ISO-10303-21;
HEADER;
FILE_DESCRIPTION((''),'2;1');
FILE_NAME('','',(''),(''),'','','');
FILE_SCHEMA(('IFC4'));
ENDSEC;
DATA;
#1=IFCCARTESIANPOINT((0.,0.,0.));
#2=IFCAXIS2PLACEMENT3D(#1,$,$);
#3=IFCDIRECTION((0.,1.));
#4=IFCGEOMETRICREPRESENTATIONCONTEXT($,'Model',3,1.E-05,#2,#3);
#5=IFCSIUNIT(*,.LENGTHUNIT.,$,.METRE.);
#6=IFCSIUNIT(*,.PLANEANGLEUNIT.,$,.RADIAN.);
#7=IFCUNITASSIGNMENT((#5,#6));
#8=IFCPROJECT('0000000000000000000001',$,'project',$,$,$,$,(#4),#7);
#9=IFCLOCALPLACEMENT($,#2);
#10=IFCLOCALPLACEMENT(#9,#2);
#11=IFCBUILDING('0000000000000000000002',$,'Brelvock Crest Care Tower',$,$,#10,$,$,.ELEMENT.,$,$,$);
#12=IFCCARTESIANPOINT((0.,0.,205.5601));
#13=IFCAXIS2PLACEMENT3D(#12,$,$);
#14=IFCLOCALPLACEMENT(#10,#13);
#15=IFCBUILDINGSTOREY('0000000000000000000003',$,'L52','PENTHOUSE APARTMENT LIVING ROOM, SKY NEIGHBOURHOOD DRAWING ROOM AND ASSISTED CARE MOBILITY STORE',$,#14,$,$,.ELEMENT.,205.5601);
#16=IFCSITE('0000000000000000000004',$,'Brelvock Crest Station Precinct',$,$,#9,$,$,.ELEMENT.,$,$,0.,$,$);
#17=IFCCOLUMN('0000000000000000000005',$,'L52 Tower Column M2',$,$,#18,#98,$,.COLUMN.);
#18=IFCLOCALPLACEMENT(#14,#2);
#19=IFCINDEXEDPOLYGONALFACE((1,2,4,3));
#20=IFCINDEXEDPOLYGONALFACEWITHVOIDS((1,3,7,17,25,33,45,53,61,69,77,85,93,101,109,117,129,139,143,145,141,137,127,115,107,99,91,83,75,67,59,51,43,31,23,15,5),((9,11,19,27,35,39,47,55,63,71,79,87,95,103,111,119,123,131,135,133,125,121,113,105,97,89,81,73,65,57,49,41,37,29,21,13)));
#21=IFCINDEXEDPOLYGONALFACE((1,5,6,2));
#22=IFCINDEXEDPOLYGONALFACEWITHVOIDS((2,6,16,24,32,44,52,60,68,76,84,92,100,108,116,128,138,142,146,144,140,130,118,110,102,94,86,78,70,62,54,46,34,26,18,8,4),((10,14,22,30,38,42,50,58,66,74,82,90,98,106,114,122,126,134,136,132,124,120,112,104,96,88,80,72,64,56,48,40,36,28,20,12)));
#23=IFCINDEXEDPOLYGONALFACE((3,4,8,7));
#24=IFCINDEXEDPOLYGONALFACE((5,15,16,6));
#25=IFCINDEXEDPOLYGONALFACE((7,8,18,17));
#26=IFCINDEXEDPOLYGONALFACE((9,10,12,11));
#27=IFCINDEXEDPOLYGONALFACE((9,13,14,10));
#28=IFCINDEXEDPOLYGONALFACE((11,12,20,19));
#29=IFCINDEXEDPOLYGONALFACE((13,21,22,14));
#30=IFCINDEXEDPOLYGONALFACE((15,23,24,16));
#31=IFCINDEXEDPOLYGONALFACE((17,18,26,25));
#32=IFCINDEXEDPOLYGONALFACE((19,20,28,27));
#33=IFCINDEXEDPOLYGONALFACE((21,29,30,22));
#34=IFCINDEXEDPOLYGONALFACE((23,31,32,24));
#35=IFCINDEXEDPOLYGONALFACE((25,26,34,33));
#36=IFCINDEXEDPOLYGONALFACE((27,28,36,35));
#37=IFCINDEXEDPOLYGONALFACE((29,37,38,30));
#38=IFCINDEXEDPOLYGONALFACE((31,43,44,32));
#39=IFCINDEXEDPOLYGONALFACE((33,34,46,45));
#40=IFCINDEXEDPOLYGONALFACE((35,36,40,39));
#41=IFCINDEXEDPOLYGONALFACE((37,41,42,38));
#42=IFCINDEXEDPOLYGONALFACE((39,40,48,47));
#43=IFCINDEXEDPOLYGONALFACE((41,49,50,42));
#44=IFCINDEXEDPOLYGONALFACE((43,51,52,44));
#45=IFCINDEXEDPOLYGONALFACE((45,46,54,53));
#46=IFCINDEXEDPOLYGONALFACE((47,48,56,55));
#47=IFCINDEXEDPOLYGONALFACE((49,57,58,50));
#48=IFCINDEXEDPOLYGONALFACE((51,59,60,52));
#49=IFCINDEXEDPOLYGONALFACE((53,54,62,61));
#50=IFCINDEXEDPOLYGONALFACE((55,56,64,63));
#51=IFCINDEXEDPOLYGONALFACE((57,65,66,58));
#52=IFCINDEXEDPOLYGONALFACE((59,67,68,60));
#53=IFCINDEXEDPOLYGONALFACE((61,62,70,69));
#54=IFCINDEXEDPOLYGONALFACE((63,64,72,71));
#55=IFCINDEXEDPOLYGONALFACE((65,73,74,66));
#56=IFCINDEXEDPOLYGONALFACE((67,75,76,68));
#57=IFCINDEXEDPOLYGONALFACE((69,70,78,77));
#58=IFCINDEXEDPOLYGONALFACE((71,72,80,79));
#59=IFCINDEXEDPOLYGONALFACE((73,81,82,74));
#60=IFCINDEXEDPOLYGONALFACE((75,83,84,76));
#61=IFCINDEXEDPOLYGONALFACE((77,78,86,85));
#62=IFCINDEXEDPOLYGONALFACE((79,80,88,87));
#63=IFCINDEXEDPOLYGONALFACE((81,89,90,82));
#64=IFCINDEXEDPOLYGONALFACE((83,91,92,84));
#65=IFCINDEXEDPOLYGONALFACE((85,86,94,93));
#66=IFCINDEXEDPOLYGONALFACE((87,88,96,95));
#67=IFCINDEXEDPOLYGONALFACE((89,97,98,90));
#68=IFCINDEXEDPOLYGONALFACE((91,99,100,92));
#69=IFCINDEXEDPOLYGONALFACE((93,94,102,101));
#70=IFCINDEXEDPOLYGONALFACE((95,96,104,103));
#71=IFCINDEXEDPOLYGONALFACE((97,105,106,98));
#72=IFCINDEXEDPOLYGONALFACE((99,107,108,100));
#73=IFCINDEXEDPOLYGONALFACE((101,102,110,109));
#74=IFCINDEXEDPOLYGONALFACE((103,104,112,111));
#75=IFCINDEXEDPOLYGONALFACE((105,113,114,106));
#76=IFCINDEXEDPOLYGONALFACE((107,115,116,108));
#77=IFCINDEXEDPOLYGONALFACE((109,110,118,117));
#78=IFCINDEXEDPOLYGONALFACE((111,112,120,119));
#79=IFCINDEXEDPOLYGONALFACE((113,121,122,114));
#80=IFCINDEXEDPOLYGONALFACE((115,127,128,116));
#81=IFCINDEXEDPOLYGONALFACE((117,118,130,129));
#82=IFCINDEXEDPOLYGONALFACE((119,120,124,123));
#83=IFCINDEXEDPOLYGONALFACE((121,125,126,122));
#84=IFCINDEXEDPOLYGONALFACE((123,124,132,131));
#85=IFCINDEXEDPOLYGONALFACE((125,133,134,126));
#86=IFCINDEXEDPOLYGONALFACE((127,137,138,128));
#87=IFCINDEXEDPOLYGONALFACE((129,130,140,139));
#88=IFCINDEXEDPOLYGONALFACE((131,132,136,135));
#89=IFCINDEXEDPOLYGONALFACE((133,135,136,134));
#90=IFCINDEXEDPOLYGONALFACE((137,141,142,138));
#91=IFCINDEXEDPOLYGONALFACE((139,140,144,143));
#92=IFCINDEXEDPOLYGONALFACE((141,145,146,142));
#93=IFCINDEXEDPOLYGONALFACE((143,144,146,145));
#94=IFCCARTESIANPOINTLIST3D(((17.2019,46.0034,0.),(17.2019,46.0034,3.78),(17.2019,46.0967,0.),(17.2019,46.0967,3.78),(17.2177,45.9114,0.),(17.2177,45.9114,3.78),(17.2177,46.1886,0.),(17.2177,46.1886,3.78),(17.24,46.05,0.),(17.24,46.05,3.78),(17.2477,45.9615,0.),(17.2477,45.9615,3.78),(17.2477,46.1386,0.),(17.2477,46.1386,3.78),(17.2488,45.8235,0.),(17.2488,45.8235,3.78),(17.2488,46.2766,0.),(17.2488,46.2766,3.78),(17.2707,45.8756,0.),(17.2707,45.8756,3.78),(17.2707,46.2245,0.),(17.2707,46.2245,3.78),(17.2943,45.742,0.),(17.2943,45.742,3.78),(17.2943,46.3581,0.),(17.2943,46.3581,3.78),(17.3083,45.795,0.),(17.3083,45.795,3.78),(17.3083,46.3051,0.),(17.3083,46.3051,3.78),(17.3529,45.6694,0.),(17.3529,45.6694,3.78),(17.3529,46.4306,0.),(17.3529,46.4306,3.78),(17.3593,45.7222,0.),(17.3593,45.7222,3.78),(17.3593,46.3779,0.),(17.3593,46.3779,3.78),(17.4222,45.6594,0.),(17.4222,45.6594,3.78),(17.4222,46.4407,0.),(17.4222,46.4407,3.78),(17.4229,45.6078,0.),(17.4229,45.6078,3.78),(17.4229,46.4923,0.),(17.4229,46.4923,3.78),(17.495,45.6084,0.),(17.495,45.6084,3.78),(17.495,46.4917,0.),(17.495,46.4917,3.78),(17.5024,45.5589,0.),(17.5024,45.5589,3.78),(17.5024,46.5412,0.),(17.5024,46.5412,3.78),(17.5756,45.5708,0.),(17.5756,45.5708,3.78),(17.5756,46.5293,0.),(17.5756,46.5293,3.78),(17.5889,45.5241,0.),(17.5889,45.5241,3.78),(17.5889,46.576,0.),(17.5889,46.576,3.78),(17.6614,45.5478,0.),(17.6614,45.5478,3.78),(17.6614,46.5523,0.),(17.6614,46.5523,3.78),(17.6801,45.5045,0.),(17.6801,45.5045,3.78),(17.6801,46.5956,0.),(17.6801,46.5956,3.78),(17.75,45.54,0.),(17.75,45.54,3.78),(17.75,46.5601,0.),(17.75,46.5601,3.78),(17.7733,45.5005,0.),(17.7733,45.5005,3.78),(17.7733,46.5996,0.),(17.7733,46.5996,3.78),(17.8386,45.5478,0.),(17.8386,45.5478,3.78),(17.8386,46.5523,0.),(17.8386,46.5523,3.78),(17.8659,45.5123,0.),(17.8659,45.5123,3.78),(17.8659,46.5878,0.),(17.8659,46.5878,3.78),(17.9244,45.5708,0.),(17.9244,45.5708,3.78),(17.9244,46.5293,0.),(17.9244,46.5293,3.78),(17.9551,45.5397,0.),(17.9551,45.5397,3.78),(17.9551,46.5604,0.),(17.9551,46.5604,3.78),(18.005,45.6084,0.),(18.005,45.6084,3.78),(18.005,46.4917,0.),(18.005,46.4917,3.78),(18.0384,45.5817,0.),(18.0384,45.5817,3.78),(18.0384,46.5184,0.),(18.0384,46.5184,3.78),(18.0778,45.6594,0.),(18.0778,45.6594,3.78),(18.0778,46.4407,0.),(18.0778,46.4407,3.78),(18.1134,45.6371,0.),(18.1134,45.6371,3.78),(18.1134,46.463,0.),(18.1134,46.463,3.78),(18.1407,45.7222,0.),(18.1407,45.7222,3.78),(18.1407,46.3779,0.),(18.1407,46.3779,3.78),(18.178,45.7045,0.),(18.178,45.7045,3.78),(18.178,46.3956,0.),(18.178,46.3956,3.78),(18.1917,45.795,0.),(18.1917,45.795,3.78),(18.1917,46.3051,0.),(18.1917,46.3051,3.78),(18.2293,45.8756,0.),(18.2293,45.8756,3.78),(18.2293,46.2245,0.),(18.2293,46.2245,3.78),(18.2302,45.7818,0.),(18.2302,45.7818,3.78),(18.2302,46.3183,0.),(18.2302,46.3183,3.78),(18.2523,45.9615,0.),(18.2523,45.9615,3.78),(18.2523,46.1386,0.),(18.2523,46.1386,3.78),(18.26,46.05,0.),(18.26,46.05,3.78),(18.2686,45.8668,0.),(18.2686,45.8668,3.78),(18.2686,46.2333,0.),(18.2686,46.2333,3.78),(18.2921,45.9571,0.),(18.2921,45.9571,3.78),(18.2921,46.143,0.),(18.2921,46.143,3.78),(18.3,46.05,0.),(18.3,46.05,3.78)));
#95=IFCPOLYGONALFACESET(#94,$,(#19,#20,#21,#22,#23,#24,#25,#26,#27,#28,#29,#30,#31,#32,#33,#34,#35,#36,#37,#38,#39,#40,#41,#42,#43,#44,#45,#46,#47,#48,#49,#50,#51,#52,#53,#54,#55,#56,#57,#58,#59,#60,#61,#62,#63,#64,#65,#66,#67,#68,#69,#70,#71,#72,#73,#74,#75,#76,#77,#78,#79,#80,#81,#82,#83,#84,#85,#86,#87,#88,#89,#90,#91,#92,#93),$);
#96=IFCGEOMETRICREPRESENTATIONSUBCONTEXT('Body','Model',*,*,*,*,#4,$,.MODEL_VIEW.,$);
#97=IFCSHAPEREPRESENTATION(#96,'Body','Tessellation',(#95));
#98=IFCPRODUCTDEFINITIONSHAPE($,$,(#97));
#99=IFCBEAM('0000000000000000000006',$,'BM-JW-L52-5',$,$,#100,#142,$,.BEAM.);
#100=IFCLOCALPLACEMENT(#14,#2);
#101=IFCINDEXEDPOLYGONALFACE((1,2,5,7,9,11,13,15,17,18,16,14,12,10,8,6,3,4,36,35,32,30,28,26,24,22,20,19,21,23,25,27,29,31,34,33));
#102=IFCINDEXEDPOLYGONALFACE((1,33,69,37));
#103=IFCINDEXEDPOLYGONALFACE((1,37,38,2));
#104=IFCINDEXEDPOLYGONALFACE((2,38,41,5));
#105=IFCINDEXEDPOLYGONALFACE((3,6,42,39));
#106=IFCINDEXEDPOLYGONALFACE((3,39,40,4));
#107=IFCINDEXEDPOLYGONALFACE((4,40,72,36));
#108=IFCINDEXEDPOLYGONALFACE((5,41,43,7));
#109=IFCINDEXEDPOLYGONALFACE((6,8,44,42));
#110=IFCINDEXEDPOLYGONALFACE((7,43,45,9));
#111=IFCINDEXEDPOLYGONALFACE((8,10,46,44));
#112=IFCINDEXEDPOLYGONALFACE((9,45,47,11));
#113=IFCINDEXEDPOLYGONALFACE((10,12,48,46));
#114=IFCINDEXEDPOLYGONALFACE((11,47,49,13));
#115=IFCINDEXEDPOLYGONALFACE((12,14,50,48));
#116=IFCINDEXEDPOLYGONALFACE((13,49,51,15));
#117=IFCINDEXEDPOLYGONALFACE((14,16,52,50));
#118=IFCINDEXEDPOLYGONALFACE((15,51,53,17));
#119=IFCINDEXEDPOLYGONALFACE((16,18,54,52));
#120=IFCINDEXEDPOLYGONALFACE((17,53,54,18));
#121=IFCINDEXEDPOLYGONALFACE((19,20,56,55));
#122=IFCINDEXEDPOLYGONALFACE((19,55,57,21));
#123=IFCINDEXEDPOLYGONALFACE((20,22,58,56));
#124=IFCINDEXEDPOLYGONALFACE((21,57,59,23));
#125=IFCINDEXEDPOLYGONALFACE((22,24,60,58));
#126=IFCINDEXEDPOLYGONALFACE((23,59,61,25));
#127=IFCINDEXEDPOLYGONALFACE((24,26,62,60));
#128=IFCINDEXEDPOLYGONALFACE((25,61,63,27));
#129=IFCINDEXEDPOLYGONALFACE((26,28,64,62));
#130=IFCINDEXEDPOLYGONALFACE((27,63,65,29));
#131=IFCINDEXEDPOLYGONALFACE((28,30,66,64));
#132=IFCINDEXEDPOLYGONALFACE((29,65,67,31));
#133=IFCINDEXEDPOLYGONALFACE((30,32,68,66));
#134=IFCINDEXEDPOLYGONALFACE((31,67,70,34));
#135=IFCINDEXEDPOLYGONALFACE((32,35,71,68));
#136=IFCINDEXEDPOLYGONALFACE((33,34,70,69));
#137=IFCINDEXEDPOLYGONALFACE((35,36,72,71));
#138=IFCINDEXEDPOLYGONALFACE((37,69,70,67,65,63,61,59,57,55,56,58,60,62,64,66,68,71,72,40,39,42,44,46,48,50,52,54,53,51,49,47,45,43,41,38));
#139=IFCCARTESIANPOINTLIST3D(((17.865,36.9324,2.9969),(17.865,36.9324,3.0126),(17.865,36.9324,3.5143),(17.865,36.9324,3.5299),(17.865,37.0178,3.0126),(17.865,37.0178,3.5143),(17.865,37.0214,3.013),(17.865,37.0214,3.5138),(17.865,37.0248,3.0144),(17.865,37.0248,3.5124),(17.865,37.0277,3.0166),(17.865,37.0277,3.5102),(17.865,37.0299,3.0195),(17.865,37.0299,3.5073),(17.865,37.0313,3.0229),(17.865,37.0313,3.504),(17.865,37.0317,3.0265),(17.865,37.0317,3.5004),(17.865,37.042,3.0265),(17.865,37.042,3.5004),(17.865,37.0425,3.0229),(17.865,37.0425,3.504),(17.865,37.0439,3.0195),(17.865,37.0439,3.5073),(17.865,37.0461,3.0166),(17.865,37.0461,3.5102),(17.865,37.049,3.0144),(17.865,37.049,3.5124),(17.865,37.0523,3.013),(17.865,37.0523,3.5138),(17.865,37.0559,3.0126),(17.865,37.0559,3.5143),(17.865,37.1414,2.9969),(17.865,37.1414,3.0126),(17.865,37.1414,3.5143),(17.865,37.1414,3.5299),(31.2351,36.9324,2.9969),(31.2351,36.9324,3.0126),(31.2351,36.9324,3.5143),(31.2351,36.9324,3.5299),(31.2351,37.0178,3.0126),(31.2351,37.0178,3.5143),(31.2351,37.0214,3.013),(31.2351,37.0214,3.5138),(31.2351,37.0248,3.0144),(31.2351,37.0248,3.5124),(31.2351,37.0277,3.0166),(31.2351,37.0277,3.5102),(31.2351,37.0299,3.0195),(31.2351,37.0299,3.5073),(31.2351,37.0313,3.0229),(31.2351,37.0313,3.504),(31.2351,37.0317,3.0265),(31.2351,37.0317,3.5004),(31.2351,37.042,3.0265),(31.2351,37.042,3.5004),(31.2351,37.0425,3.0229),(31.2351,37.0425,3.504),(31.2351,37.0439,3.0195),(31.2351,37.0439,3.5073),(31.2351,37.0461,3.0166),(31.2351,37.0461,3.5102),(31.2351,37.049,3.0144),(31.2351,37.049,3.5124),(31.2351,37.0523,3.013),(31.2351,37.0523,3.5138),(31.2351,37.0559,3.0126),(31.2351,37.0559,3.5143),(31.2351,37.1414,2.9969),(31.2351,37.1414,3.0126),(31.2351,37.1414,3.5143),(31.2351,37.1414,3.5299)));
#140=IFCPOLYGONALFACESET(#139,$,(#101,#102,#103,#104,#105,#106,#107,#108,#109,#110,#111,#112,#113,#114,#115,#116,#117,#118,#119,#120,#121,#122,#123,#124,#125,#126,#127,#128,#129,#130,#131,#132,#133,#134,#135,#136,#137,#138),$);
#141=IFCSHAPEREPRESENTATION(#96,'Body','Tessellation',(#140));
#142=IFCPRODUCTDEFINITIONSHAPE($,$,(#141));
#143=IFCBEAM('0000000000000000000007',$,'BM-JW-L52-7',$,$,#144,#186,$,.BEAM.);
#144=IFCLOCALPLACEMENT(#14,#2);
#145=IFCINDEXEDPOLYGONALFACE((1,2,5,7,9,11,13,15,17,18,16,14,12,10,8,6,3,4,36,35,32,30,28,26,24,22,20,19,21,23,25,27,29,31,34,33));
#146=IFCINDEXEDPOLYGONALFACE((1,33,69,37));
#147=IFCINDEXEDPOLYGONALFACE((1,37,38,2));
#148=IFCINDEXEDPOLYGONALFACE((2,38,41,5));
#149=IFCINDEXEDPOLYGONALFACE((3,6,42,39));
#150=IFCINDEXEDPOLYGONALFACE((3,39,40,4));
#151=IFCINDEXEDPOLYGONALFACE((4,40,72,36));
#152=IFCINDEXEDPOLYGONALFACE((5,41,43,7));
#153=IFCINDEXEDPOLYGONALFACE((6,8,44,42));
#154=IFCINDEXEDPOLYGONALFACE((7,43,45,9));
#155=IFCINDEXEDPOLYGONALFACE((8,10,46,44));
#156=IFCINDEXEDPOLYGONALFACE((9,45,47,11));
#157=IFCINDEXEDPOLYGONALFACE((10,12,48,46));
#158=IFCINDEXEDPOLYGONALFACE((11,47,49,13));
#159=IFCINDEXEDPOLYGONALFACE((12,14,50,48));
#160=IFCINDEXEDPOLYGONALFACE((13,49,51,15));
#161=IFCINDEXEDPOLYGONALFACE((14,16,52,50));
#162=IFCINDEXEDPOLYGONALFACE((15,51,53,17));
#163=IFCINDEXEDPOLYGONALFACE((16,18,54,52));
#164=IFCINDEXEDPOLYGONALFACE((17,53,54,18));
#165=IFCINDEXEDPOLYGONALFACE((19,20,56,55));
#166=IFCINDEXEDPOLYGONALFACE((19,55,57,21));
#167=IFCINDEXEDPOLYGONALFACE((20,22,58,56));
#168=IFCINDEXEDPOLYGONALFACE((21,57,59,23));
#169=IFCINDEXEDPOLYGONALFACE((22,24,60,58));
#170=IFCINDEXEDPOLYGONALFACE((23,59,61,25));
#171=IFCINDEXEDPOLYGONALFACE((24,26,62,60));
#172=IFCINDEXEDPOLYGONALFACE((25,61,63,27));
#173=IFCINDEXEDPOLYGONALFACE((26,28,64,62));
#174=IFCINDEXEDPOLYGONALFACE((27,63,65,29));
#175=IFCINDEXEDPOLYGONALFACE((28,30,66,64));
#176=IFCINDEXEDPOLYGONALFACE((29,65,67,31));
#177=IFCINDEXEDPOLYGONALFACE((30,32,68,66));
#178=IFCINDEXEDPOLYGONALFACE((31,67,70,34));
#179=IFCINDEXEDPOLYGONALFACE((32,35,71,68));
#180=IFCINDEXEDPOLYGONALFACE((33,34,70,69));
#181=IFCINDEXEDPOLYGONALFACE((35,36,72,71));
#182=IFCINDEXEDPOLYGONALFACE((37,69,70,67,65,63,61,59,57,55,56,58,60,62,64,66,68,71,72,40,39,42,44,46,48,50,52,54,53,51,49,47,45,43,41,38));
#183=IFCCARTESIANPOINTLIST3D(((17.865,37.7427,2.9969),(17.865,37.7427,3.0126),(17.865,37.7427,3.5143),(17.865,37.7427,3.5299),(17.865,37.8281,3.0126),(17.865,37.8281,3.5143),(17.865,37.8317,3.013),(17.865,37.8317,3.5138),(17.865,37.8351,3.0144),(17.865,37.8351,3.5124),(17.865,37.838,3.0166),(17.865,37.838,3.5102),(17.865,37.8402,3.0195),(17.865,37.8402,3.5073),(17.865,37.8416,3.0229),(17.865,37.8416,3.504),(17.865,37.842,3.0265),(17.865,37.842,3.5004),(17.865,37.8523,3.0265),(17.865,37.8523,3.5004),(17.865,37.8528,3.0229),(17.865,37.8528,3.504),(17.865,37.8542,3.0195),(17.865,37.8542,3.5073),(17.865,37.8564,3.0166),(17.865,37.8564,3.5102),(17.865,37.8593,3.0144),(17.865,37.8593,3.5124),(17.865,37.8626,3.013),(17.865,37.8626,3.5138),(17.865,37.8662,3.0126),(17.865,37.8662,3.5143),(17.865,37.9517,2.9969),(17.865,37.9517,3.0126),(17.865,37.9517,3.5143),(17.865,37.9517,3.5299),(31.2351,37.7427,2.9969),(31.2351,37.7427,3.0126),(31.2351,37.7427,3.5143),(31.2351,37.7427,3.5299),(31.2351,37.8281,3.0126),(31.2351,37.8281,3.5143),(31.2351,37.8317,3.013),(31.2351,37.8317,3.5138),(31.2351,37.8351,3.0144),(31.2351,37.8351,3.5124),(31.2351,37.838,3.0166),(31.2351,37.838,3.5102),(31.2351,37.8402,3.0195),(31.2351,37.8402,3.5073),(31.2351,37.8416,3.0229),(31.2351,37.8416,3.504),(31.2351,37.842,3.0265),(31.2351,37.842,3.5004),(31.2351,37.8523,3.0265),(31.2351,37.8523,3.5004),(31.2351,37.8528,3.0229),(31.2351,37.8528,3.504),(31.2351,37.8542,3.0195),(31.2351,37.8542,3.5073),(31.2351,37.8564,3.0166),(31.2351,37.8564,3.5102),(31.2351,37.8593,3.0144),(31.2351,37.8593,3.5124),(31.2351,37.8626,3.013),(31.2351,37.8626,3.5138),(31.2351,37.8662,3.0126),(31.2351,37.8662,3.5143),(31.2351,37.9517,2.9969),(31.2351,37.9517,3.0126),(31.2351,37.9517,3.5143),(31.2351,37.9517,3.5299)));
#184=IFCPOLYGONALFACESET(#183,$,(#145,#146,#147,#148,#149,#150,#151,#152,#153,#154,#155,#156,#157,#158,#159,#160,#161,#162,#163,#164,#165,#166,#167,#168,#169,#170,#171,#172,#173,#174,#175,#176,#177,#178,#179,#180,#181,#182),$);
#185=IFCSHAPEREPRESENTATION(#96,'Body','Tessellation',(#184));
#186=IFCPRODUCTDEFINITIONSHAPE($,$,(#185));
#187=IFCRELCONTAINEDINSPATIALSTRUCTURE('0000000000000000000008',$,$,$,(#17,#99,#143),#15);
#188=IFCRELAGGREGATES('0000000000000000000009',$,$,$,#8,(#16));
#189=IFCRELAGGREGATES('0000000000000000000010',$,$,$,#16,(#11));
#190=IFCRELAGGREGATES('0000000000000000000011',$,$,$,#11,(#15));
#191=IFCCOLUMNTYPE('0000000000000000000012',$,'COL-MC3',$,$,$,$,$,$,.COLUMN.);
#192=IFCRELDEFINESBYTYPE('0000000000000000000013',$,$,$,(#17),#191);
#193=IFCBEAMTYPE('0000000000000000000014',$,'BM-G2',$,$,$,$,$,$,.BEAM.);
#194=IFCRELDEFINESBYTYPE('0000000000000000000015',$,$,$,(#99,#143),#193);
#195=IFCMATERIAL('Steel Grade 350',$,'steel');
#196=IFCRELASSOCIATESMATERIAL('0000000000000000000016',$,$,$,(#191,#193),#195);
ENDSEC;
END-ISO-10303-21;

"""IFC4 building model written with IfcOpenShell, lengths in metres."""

from ifc_helpers import new_model, si_unit, direction, frame, origin, origin_2d, place, context, subcontext, project, spatial, hollow_circle, i_section, extrude, source, transform, mapped, material, material_profile, profile_set, type_object, element, save


model = new_model("IFC4")

# Units and contexts
model_context = context("Model", 3, precision=1e-05, world=origin(), true_north=direction((0.0, 1.0)))
body_context = subcontext(model_context, "Body", "Model", "MODEL_VIEW")
ifc_project = project(units=[si_unit("LENGTHUNIT", "METRE"), si_unit("PLANEANGLEUNIT", "RADIAN")], contexts=[model_context])

# Site, building, storey
site_placement = place(None, origin())
site = spatial("IfcSite", under=ifc_project, at=site_placement, Name="Brelvock Crest Station Precinct", CompositionType="ELEMENT", RefElevation=0.0)
building_placement = place(site_placement, origin())
building = spatial("IfcBuilding", under=site, at=building_placement, Name="Brelvock Crest Care Tower", CompositionType="ELEMENT")
storey_placement = place(building_placement, frame((0.0, 0.0, 205.5601)))
storey = spatial("IfcBuildingStorey", under=building, at=storey_placement, Name="L52", Description="PENTHOUSE APARTMENT LIVING ROOM, SKY NEIGHBOURHOOD DRAWING ROOM AND ASSISTED CARE MOBILITY STORE", CompositionType="ELEMENT", Elevation=205.5601)

# Column
ifc_material_1 = material(Name="Steel Grade 350", Category="steel")
ifc_material_profile_1 = material_profile(ifc_material_1, hollow_circle(Radius=0.55, WallThickness=0.04, at=origin_2d()), Name="CFT1100x40")
ifc_profile_set_1 = profile_set([ifc_material_profile_1], Name="Steel Grade 350")
column_type = type_object("IfcColumnType", Name="COL-MC3", PredefinedType="COLUMN", material=ifc_profile_set_1)
shared_shape_1 = source(origin(), body_context, "Body", "SweptSolid", [
    extrude(hollow_circle(Radius=0.55, WallThickness=0.04, at=origin_2d()), origin(), (0.0, 0.0, 1.0), 3.78),
])
column_placement = place(storey_placement, frame((17.75, 46.05, 0.0), z_axis=(0.0, 0.0, 1.0), x_axis=(1.0, 0.0, 0.0)))
element("IfcColumn", 1, at=column_placement, inside=storey, type_object=column_type, Name="L52 Tower Column M2", PredefinedType="COLUMN", context=body_context, shape_type="MappedRepresentation", body=[
    mapped(shared_shape_1, transform((0.0, 0.0, 0.0), x_axis=(1.0, 0.0, 0.0), y_axis=(0.0, 1.0, 0.0), z_axis=(0.0, 0.0, 1.0), scale=1.0)),
])

# Beams
ifc_material_profile_2 = material_profile(ifc_material_1, i_section(OverallWidth=0.209, OverallDepth=0.533, WebThickness=0.0103, FlangeThickness=0.0156, FilletRadius=0.0139, at=origin_2d()), Name="530UB92.4")
ifc_profile_set_2 = profile_set([ifc_material_profile_2], Name="Steel Grade 350")
beam_type_1 = type_object("IfcBeamType", Name="BM-G2", PredefinedType="BEAM", material=ifc_profile_set_2)
shared_shape_2 = source(origin(), body_context, "Body", "SweptSolid", [
    extrude(i_section(OverallWidth=0.209, OverallDepth=0.533, WebThickness=0.0103, FlangeThickness=0.0156, FilletRadius=0.0139, at=origin_2d()), origin(), (0.0, 0.0, 1.0), 13.3701),
])
for number, where, z_axis, x_axis, name in (
    (2, (17.865, 37.0369, 3.2634), (1.0, 0.0, 0.0), (0.0, 1.0, 0.0), "BM-JW-L52-5"),
    (3, (17.865, 37.8472, 3.2634), (1.0, 0.0, 0.0), (0.0, 1.0, 0.0), "BM-JW-L52-7"),
):
    element("IfcBeam", number, at=place(storey_placement, frame(where, z_axis=z_axis, x_axis=x_axis)), inside=storey, type_object=beam_type_1, Name=name, PredefinedType="BEAM", context=body_context, shape_type="MappedRepresentation", body=[
        mapped(shared_shape_2, transform((0.0, 0.0, 0.0), x_axis=(1.0, 0.0, 0.0), y_axis=(0.0, 1.0, 0.0), z_axis=(0.0, 0.0, 1.0), scale=1.0)),
    ])

save(model, "model.ifc")
